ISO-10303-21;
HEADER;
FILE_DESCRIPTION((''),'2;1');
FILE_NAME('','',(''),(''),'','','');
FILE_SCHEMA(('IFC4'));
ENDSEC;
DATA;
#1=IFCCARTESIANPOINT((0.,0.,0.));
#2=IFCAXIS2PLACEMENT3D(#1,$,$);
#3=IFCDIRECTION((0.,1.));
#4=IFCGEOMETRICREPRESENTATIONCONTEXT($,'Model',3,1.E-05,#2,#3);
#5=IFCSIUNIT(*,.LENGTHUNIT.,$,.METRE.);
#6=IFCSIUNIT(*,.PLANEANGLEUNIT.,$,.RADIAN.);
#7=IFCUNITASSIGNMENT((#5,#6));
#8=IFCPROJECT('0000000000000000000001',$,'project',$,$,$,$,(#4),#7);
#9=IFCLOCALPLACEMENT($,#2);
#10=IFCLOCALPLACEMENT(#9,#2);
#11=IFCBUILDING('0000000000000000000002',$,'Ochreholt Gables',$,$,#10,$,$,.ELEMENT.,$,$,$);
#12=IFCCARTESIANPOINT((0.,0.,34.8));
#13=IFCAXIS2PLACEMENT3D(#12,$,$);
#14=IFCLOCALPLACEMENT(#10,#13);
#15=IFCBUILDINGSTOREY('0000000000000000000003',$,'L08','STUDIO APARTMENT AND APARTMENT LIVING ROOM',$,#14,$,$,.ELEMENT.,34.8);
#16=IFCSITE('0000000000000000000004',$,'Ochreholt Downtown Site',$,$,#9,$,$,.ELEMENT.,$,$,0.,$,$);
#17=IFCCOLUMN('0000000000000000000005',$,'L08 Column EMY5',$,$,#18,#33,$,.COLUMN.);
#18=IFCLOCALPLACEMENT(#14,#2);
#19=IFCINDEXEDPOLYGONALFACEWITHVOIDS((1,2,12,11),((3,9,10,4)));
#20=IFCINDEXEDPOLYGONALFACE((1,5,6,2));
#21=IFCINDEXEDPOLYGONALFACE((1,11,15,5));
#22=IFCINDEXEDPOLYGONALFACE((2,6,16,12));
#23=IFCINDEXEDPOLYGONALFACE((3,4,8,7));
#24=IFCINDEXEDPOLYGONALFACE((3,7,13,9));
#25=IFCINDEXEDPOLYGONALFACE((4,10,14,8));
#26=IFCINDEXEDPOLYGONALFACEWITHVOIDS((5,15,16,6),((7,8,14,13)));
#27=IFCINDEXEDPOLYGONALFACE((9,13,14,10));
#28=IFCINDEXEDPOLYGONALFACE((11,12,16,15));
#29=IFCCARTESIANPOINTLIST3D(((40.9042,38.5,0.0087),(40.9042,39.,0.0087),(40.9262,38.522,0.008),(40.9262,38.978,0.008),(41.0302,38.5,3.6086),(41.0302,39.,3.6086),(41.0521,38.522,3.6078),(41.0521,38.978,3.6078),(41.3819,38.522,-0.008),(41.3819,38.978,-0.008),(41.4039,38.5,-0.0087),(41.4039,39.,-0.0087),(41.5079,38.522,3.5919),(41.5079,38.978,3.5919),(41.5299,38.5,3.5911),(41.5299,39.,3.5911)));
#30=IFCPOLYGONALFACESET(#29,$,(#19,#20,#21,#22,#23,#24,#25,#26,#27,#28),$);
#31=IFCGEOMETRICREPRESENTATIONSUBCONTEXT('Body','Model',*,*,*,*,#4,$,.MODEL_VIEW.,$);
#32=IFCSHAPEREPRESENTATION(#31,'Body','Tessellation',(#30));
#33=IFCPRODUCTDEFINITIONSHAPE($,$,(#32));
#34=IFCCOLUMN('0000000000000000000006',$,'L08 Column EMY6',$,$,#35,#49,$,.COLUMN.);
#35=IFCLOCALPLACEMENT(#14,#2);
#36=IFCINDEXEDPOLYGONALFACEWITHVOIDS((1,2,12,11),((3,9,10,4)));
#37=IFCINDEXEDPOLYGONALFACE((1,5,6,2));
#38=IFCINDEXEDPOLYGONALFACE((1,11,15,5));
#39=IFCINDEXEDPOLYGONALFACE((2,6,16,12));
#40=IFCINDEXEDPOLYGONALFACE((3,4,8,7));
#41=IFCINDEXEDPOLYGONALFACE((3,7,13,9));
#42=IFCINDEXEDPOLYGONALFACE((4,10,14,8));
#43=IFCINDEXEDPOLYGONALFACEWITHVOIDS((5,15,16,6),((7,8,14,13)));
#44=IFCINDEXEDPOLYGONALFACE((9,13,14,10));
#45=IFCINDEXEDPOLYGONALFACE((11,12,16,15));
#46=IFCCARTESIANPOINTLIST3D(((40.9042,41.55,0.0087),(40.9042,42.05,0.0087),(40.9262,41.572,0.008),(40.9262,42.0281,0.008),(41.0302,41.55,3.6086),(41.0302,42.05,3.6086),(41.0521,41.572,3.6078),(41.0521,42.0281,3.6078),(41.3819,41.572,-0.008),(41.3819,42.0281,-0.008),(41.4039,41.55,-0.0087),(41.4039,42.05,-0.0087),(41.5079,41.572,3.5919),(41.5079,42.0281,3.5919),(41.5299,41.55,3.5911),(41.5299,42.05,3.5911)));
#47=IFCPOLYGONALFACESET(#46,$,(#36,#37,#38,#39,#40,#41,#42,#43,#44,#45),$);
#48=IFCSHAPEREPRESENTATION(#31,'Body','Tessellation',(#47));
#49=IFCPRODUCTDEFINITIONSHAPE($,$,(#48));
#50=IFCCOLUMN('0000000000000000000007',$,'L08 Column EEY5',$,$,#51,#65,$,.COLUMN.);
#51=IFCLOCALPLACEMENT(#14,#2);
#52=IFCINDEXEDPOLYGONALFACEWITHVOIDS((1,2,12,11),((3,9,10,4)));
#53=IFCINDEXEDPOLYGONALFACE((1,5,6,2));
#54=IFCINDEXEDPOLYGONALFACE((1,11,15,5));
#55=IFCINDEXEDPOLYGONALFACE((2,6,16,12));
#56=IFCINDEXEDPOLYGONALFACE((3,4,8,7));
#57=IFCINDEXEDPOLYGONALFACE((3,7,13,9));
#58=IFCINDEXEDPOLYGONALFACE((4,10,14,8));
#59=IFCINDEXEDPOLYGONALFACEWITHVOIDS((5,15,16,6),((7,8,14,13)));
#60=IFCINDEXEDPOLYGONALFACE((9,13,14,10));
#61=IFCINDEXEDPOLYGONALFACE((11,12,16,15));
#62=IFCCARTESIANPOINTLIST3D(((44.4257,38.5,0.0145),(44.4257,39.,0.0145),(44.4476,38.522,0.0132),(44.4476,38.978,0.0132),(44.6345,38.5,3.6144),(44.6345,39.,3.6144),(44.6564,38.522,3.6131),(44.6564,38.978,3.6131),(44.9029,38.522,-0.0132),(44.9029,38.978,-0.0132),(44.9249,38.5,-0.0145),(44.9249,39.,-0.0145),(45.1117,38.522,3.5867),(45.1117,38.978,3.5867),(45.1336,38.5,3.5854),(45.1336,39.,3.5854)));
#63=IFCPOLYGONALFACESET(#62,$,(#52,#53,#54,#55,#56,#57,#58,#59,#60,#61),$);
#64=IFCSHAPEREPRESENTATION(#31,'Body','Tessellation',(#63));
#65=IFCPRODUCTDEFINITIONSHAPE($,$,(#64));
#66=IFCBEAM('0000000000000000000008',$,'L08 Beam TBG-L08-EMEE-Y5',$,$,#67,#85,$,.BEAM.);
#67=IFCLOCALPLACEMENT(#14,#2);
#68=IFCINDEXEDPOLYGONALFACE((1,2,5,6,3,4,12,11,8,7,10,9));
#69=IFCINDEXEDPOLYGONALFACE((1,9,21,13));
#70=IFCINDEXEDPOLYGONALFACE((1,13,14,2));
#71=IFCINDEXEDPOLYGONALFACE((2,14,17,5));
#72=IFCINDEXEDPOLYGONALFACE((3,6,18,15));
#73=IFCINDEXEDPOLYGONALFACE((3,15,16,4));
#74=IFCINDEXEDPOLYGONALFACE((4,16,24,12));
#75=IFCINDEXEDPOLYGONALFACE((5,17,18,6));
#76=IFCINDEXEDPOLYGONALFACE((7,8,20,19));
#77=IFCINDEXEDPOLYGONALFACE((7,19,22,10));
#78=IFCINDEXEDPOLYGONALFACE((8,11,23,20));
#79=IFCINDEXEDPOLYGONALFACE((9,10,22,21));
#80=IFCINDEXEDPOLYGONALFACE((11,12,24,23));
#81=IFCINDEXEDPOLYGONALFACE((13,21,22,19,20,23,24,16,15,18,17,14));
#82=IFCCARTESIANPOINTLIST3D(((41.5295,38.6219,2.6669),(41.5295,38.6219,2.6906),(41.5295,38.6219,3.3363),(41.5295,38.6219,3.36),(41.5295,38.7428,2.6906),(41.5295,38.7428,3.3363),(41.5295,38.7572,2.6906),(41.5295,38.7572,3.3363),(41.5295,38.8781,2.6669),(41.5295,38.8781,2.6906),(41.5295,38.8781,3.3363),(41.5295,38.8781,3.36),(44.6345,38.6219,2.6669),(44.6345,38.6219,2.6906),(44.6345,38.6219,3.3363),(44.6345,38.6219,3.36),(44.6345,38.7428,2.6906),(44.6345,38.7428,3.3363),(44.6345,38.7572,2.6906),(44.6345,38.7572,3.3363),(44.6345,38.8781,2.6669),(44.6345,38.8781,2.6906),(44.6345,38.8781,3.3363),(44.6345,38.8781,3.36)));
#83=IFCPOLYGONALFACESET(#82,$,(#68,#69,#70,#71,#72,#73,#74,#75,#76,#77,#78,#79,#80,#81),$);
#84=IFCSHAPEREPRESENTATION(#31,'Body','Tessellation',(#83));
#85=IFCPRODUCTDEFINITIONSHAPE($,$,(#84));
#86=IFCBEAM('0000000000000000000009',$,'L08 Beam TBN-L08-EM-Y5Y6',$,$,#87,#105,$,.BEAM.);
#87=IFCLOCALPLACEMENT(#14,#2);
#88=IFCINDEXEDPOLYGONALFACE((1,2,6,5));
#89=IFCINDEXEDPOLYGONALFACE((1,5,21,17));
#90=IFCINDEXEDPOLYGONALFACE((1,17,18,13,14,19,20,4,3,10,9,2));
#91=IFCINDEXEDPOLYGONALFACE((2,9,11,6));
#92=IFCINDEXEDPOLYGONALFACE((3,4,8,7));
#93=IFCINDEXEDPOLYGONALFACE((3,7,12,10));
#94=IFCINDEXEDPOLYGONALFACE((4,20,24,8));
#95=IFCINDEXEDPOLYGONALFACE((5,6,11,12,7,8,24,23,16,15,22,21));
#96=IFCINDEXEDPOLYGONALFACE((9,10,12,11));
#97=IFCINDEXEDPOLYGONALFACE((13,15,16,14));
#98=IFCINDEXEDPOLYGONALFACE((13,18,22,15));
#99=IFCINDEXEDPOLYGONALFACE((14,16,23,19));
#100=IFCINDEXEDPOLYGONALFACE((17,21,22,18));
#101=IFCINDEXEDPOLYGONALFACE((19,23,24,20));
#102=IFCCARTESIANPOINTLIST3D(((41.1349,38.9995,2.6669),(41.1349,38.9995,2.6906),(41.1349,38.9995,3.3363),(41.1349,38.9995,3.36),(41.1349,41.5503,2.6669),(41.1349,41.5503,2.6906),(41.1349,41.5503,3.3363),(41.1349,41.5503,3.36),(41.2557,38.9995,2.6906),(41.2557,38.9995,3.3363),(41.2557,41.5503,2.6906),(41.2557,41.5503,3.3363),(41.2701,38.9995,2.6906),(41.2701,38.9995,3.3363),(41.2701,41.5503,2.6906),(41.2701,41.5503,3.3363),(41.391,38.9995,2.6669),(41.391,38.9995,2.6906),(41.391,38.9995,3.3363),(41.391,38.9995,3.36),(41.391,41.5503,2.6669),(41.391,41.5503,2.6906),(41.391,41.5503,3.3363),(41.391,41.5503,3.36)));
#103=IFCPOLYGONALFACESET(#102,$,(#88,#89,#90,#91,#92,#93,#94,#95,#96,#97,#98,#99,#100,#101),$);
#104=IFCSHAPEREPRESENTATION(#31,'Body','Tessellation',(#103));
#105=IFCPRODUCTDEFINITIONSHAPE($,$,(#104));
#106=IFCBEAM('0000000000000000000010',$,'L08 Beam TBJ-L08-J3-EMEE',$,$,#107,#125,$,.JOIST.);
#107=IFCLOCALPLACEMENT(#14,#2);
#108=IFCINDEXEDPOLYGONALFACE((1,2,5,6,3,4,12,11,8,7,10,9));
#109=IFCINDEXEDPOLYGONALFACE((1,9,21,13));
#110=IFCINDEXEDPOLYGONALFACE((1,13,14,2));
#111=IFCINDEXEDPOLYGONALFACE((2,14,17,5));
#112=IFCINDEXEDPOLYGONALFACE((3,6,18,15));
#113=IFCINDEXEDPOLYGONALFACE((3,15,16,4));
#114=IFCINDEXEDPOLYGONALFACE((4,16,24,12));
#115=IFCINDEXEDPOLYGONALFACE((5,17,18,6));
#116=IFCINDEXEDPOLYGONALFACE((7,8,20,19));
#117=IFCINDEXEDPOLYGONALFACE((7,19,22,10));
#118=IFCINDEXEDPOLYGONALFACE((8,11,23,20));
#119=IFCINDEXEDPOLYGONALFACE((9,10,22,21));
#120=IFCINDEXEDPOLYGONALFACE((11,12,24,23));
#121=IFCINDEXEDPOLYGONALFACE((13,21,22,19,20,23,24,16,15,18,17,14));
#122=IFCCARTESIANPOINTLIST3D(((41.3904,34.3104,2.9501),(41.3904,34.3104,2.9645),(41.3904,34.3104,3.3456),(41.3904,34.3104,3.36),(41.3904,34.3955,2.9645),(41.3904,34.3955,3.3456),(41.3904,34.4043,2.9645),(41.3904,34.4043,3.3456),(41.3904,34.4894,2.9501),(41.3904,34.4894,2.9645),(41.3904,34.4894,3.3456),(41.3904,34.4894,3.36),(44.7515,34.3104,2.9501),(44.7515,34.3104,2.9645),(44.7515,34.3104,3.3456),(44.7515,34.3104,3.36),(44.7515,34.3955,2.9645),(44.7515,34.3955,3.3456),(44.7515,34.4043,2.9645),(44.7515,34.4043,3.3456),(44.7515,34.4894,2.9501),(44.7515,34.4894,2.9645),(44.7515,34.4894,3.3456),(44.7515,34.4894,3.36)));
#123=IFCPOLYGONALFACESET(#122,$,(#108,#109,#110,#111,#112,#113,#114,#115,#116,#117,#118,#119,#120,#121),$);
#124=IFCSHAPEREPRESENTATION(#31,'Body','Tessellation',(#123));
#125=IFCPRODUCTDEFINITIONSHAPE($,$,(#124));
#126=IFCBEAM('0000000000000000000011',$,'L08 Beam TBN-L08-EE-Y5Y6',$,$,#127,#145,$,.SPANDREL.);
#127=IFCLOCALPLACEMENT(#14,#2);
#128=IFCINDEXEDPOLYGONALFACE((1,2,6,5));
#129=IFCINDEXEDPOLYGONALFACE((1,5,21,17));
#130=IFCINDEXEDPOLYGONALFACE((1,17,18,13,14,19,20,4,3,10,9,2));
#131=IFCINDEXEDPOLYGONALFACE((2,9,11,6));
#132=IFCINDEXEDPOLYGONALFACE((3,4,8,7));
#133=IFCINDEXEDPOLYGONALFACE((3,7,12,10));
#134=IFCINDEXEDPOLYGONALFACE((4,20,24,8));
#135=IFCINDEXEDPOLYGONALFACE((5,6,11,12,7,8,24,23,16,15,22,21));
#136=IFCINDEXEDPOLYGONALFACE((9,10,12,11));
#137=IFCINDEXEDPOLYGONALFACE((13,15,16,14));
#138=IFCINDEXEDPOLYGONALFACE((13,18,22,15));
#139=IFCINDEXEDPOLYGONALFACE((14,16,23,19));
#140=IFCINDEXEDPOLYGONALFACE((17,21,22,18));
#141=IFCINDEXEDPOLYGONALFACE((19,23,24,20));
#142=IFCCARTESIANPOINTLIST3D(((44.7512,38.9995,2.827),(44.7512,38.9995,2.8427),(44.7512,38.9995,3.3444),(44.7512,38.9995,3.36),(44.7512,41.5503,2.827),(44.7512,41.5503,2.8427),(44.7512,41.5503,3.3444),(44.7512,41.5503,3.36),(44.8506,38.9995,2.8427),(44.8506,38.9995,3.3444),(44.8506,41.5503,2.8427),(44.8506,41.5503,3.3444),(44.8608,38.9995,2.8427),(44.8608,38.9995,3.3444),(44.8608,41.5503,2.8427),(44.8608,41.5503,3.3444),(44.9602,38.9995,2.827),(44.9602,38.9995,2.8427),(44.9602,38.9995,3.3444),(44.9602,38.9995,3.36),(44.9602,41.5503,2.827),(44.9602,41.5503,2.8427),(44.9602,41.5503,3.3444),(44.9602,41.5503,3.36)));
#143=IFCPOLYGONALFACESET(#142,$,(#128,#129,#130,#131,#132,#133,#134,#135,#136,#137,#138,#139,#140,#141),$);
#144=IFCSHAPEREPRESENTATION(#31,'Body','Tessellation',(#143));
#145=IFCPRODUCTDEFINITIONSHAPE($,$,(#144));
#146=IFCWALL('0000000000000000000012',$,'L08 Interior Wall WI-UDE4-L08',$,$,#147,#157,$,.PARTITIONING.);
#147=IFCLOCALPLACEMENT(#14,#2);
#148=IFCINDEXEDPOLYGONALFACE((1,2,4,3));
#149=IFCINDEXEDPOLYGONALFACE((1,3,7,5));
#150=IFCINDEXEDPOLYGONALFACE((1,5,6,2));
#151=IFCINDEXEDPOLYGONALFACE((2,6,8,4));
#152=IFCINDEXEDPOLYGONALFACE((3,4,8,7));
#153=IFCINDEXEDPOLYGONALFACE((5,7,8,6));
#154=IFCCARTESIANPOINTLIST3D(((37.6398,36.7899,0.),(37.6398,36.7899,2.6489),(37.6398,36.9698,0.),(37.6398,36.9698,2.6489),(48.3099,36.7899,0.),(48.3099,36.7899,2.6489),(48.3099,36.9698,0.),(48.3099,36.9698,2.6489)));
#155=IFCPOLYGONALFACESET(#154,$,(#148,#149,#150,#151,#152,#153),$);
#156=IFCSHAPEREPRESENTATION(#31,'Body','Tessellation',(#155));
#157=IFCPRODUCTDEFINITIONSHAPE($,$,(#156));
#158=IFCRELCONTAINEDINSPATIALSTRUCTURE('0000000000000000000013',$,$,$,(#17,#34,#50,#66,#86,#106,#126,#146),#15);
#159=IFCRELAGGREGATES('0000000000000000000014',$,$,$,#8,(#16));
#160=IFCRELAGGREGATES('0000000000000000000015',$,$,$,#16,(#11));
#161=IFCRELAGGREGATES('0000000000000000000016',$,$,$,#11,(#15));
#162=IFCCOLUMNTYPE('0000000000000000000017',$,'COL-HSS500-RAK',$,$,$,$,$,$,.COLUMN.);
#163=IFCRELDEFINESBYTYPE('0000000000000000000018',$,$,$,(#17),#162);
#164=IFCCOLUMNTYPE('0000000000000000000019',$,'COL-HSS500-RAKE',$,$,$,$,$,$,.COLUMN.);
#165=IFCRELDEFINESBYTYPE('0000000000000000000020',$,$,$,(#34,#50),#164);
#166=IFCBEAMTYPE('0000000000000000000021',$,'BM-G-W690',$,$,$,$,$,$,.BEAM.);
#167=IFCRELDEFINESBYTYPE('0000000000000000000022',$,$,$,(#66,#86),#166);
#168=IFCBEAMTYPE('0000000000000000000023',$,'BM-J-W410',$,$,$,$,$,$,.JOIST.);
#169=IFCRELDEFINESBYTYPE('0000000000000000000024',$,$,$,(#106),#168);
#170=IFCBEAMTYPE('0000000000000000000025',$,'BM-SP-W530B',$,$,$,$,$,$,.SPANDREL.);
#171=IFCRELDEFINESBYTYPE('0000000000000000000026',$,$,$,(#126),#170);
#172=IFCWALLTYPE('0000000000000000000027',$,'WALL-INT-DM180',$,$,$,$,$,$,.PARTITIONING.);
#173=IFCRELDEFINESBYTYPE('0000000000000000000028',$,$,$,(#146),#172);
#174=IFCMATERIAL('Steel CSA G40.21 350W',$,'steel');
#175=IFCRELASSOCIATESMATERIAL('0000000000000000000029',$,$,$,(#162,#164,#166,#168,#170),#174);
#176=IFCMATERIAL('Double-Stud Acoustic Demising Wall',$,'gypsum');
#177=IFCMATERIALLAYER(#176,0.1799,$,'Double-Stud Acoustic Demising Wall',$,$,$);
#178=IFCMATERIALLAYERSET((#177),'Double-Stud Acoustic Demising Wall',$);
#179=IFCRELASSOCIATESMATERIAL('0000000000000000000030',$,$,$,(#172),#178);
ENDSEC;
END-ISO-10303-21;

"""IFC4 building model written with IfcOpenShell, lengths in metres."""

from ifc_helpers import new_model, si_unit, direction, frame, frame_2d, origin, origin_2d, place, context, subcontext, project, spatial, rectangle, hollow_rectangle, i_section, extrude, material, layer, layer_set, material_profile, profile_set, type_object, element, save


model = new_model("IFC4")

# Units and contexts
model_context = context("Model", 3, precision=1e-05, world=origin(), true_north=direction((0.0, 1.0)))
body_context = subcontext(model_context, "Body", "Model", "MODEL_VIEW")
ifc_project = project(units=[si_unit("LENGTHUNIT", "METRE"), si_unit("PLANEANGLEUNIT", "RADIAN")], contexts=[model_context])

# Site, building, storey
site_placement = place(None, origin())
site = spatial("IfcSite", under=ifc_project, at=site_placement, Name="Ochreholt Downtown Site", CompositionType="ELEMENT", RefElevation=0.0)
building_placement = place(site_placement, origin())
building = spatial("IfcBuilding", under=site, at=building_placement, Name="Ochreholt Gables", CompositionType="ELEMENT")
storey_placement = place(building_placement, frame((0.0, 0.0, 34.8)))
storey = spatial("IfcBuildingStorey", under=building, at=storey_placement, Name="L08", Description="STUDIO APARTMENT AND APARTMENT LIVING ROOM", CompositionType="ELEMENT", Elevation=34.8)

# Columns
ifc_material_1 = material(Name="Steel CSA G40.21 350W", Category="steel")
ifc_material_profile_1 = material_profile(ifc_material_1, hollow_rectangle(XDim=0.5, YDim=0.5, WallThickness=0.022, at=origin_2d()), Name="HSS500X500X22")
ifc_profile_set_1 = profile_set([ifc_material_profile_1], Name="Steel CSA G40.21 350W")
column_type_1 = type_object("IfcColumnType", Name="COL-HSS500-RAK", PredefinedType="COLUMN", material=ifc_profile_set_1)
column_1_placement = place(storey_placement, frame((41.1541, 38.75, 0.0), z_axis=(0.034974, 0.0, 0.999388), x_axis=(0.0, 1.0, 0.0)))
element("IfcColumn", 1, at=column_1_placement, inside=storey, type_object=column_type_1, Name="L08 Column EMY5", PredefinedType="COLUMN", context=body_context, shape_type="SweptSolid", body=[
    extrude(hollow_rectangle(XDim=0.5, YDim=0.5, WallThickness=0.022, at=origin_2d()), origin(), (0.0, 0.0, 1.0), 3.6021),
])
ifc_material_profile_2 = material_profile(ifc_material_1, hollow_rectangle(XDim=0.5, YDim=0.5, WallThickness=0.022, at=origin_2d()), Name="HSS500X500X22")
ifc_profile_set_2 = profile_set([ifc_material_profile_2], Name="Steel CSA G40.21 350W")
column_type_2 = type_object("IfcColumnType", Name="COL-HSS500-RAKE", PredefinedType="COLUMN", material=ifc_profile_set_2)
column_2_placement = place(storey_placement, frame((41.1541, 41.8, 0.0), z_axis=(0.034974, 0.0, 0.999388), x_axis=(0.0, 1.0, 0.0)))
element("IfcColumn", 2, at=column_2_placement, inside=storey, type_object=column_type_2, Name="L08 Column EMY6", PredefinedType="COLUMN", context=body_context, shape_type="SweptSolid", body=[
    extrude(hollow_rectangle(XDim=0.5, YDim=0.5, WallThickness=0.022, at=origin_2d()), origin(), (0.0, 0.0, 1.0), 3.6021),
])
column_3_placement = place(storey_placement, frame((44.6753, 38.75, 0.0), z_axis=(0.057889, 0.0, 0.998323), x_axis=(0.0, 1.0, 0.0)))
element("IfcColumn", 3, at=column_3_placement, inside=storey, type_object=column_type_2, Name="L08 Column EEY5", PredefinedType="COLUMN", context=body_context, shape_type="SweptSolid", body=[
    extrude(hollow_rectangle(XDim=0.5, YDim=0.5, WallThickness=0.022, at=origin_2d()), origin(), (0.0, 0.0, 1.0), 3.606),
])

# Beams
ifc_material_profile_3 = material_profile(ifc_material_1, i_section(OverallWidth=0.2561, OverallDepth=0.6931, WebThickness=0.0144, FlangeThickness=0.0237, at=origin_2d()), Name="W690X170")
ifc_profile_set_3 = profile_set([ifc_material_profile_3], Name="Steel CSA G40.21 350W")
beam_type_1 = type_object("IfcBeamType", Name="BM-G-W690", PredefinedType="BEAM", material=ifc_profile_set_3)
beam_1_placement = place(storey_placement, frame((41.5295, 38.75, 3.0134), z_axis=(1.0, 0.0, 0.0), x_axis=(0.0, 1.0, 0.0)))
element("IfcBeam", 4, at=beam_1_placement, inside=storey, type_object=beam_type_1, Name="L08 Beam TBG-L08-EMEE-Y5", PredefinedType="BEAM", context=body_context, shape_type="SweptSolid", body=[
    extrude(i_section(OverallWidth=0.2561, OverallDepth=0.6931, WebThickness=0.0144, FlangeThickness=0.0237, at=origin_2d()), origin(), (0.0, 0.0, 1.0), 3.105),
])
beam_2_placement = place(storey_placement, frame((41.2629, 38.9995, 3.0134), z_axis=(0.0, 1.0, 0.0), x_axis=(-1.0, 0.0, 0.0)))
element("IfcBeam", 5, at=beam_2_placement, inside=storey, type_object=beam_type_1, Name="L08 Beam TBN-L08-EM-Y5Y6", PredefinedType="BEAM", context=body_context, shape_type="SweptSolid", body=[
    extrude(i_section(OverallWidth=0.2561, OverallDepth=0.6931, WebThickness=0.0144, FlangeThickness=0.0237, at=origin_2d()), origin(), (0.0, 0.0, 1.0), 2.5508),
])
ifc_material_profile_4 = material_profile(ifc_material_1, i_section(OverallWidth=0.179, OverallDepth=0.4099, WebThickness=0.0088, FlangeThickness=0.0144, at=origin_2d()), Name="W410X67")
ifc_profile_set_4 = profile_set([ifc_material_profile_4], Name="Steel CSA G40.21 350W")
beam_type_2 = type_object("IfcBeamType", Name="BM-J-W410", PredefinedType="JOIST", material=ifc_profile_set_4)
beam_3_placement = place(storey_placement, frame((41.3904, 34.3999, 3.155), z_axis=(1.0, 0.0, 0.0), x_axis=(0.0, 1.0, 0.0)))
element("IfcBeam", 6, at=beam_3_placement, inside=storey, type_object=beam_type_2, Name="L08 Beam TBJ-L08-J3-EMEE", PredefinedType="JOIST", context=body_context, shape_type="SweptSolid", body=[
    extrude(i_section(OverallWidth=0.179, OverallDepth=0.4099, WebThickness=0.0088, FlangeThickness=0.0144, at=origin_2d()), origin(), (0.0, 0.0, 1.0), 3.3611),
])
ifc_material_profile_5 = material_profile(ifc_material_1, i_section(OverallWidth=0.209, OverallDepth=0.533, WebThickness=0.0103, FlangeThickness=0.0156, at=origin_2d()), Name="W530X92")
ifc_profile_set_5 = profile_set([ifc_material_profile_5], Name="Steel CSA G40.21 350W")
beam_type_3 = type_object("IfcBeamType", Name="BM-SP-W530B", PredefinedType="SPANDREL", material=ifc_profile_set_5)
beam_4_placement = place(storey_placement, frame((44.8557, 38.9995, 3.0935), z_axis=(0.0, 1.0, 0.0), x_axis=(-1.0, 0.0, 0.0)))
element("IfcBeam", 7, at=beam_4_placement, inside=storey, type_object=beam_type_3, Name="L08 Beam TBN-L08-EE-Y5Y6", PredefinedType="SPANDREL", context=body_context, shape_type="SweptSolid", body=[
    extrude(i_section(OverallWidth=0.209, OverallDepth=0.533, WebThickness=0.0103, FlangeThickness=0.0156, at=origin_2d()), origin(), (0.0, 0.0, 1.0), 2.5508),
])

# Wall
ifc_material_2 = material(Name="Double-Stud Acoustic Demising Wall", Category="gypsum")
ifc_layer_1 = layer(ifc_material_2, 0.1799, Name="Double-Stud Acoustic Demising Wall")
ifc_layer_set_1 = layer_set([ifc_layer_1], Name="Double-Stud Acoustic Demising Wall")
wall_type_1 = type_object("IfcWallType", Name="WALL-INT-DM180", PredefinedType="PARTITIONING", material=ifc_layer_set_1)
wall_1_placement = place(storey_placement, frame((37.6399, 36.8799, 0.0), z_axis=(0.0, 0.0, 1.0), x_axis=(1.0, 0.0, 0.0)))
element("IfcWall", 8, at=wall_1_placement, inside=storey, type_object=wall_type_1, Name="L08 Interior Wall WI-UDE4-L08", PredefinedType="PARTITIONING", context=body_context, shape_type="SweptSolid", body=[
    extrude(rectangle(XDim=10.6702, YDim=0.1799, at=frame_2d((5.335, 0.0))), origin(), (0.0, 0.0, 1.0), 2.6489),
])

save(model, "model.ifc")
